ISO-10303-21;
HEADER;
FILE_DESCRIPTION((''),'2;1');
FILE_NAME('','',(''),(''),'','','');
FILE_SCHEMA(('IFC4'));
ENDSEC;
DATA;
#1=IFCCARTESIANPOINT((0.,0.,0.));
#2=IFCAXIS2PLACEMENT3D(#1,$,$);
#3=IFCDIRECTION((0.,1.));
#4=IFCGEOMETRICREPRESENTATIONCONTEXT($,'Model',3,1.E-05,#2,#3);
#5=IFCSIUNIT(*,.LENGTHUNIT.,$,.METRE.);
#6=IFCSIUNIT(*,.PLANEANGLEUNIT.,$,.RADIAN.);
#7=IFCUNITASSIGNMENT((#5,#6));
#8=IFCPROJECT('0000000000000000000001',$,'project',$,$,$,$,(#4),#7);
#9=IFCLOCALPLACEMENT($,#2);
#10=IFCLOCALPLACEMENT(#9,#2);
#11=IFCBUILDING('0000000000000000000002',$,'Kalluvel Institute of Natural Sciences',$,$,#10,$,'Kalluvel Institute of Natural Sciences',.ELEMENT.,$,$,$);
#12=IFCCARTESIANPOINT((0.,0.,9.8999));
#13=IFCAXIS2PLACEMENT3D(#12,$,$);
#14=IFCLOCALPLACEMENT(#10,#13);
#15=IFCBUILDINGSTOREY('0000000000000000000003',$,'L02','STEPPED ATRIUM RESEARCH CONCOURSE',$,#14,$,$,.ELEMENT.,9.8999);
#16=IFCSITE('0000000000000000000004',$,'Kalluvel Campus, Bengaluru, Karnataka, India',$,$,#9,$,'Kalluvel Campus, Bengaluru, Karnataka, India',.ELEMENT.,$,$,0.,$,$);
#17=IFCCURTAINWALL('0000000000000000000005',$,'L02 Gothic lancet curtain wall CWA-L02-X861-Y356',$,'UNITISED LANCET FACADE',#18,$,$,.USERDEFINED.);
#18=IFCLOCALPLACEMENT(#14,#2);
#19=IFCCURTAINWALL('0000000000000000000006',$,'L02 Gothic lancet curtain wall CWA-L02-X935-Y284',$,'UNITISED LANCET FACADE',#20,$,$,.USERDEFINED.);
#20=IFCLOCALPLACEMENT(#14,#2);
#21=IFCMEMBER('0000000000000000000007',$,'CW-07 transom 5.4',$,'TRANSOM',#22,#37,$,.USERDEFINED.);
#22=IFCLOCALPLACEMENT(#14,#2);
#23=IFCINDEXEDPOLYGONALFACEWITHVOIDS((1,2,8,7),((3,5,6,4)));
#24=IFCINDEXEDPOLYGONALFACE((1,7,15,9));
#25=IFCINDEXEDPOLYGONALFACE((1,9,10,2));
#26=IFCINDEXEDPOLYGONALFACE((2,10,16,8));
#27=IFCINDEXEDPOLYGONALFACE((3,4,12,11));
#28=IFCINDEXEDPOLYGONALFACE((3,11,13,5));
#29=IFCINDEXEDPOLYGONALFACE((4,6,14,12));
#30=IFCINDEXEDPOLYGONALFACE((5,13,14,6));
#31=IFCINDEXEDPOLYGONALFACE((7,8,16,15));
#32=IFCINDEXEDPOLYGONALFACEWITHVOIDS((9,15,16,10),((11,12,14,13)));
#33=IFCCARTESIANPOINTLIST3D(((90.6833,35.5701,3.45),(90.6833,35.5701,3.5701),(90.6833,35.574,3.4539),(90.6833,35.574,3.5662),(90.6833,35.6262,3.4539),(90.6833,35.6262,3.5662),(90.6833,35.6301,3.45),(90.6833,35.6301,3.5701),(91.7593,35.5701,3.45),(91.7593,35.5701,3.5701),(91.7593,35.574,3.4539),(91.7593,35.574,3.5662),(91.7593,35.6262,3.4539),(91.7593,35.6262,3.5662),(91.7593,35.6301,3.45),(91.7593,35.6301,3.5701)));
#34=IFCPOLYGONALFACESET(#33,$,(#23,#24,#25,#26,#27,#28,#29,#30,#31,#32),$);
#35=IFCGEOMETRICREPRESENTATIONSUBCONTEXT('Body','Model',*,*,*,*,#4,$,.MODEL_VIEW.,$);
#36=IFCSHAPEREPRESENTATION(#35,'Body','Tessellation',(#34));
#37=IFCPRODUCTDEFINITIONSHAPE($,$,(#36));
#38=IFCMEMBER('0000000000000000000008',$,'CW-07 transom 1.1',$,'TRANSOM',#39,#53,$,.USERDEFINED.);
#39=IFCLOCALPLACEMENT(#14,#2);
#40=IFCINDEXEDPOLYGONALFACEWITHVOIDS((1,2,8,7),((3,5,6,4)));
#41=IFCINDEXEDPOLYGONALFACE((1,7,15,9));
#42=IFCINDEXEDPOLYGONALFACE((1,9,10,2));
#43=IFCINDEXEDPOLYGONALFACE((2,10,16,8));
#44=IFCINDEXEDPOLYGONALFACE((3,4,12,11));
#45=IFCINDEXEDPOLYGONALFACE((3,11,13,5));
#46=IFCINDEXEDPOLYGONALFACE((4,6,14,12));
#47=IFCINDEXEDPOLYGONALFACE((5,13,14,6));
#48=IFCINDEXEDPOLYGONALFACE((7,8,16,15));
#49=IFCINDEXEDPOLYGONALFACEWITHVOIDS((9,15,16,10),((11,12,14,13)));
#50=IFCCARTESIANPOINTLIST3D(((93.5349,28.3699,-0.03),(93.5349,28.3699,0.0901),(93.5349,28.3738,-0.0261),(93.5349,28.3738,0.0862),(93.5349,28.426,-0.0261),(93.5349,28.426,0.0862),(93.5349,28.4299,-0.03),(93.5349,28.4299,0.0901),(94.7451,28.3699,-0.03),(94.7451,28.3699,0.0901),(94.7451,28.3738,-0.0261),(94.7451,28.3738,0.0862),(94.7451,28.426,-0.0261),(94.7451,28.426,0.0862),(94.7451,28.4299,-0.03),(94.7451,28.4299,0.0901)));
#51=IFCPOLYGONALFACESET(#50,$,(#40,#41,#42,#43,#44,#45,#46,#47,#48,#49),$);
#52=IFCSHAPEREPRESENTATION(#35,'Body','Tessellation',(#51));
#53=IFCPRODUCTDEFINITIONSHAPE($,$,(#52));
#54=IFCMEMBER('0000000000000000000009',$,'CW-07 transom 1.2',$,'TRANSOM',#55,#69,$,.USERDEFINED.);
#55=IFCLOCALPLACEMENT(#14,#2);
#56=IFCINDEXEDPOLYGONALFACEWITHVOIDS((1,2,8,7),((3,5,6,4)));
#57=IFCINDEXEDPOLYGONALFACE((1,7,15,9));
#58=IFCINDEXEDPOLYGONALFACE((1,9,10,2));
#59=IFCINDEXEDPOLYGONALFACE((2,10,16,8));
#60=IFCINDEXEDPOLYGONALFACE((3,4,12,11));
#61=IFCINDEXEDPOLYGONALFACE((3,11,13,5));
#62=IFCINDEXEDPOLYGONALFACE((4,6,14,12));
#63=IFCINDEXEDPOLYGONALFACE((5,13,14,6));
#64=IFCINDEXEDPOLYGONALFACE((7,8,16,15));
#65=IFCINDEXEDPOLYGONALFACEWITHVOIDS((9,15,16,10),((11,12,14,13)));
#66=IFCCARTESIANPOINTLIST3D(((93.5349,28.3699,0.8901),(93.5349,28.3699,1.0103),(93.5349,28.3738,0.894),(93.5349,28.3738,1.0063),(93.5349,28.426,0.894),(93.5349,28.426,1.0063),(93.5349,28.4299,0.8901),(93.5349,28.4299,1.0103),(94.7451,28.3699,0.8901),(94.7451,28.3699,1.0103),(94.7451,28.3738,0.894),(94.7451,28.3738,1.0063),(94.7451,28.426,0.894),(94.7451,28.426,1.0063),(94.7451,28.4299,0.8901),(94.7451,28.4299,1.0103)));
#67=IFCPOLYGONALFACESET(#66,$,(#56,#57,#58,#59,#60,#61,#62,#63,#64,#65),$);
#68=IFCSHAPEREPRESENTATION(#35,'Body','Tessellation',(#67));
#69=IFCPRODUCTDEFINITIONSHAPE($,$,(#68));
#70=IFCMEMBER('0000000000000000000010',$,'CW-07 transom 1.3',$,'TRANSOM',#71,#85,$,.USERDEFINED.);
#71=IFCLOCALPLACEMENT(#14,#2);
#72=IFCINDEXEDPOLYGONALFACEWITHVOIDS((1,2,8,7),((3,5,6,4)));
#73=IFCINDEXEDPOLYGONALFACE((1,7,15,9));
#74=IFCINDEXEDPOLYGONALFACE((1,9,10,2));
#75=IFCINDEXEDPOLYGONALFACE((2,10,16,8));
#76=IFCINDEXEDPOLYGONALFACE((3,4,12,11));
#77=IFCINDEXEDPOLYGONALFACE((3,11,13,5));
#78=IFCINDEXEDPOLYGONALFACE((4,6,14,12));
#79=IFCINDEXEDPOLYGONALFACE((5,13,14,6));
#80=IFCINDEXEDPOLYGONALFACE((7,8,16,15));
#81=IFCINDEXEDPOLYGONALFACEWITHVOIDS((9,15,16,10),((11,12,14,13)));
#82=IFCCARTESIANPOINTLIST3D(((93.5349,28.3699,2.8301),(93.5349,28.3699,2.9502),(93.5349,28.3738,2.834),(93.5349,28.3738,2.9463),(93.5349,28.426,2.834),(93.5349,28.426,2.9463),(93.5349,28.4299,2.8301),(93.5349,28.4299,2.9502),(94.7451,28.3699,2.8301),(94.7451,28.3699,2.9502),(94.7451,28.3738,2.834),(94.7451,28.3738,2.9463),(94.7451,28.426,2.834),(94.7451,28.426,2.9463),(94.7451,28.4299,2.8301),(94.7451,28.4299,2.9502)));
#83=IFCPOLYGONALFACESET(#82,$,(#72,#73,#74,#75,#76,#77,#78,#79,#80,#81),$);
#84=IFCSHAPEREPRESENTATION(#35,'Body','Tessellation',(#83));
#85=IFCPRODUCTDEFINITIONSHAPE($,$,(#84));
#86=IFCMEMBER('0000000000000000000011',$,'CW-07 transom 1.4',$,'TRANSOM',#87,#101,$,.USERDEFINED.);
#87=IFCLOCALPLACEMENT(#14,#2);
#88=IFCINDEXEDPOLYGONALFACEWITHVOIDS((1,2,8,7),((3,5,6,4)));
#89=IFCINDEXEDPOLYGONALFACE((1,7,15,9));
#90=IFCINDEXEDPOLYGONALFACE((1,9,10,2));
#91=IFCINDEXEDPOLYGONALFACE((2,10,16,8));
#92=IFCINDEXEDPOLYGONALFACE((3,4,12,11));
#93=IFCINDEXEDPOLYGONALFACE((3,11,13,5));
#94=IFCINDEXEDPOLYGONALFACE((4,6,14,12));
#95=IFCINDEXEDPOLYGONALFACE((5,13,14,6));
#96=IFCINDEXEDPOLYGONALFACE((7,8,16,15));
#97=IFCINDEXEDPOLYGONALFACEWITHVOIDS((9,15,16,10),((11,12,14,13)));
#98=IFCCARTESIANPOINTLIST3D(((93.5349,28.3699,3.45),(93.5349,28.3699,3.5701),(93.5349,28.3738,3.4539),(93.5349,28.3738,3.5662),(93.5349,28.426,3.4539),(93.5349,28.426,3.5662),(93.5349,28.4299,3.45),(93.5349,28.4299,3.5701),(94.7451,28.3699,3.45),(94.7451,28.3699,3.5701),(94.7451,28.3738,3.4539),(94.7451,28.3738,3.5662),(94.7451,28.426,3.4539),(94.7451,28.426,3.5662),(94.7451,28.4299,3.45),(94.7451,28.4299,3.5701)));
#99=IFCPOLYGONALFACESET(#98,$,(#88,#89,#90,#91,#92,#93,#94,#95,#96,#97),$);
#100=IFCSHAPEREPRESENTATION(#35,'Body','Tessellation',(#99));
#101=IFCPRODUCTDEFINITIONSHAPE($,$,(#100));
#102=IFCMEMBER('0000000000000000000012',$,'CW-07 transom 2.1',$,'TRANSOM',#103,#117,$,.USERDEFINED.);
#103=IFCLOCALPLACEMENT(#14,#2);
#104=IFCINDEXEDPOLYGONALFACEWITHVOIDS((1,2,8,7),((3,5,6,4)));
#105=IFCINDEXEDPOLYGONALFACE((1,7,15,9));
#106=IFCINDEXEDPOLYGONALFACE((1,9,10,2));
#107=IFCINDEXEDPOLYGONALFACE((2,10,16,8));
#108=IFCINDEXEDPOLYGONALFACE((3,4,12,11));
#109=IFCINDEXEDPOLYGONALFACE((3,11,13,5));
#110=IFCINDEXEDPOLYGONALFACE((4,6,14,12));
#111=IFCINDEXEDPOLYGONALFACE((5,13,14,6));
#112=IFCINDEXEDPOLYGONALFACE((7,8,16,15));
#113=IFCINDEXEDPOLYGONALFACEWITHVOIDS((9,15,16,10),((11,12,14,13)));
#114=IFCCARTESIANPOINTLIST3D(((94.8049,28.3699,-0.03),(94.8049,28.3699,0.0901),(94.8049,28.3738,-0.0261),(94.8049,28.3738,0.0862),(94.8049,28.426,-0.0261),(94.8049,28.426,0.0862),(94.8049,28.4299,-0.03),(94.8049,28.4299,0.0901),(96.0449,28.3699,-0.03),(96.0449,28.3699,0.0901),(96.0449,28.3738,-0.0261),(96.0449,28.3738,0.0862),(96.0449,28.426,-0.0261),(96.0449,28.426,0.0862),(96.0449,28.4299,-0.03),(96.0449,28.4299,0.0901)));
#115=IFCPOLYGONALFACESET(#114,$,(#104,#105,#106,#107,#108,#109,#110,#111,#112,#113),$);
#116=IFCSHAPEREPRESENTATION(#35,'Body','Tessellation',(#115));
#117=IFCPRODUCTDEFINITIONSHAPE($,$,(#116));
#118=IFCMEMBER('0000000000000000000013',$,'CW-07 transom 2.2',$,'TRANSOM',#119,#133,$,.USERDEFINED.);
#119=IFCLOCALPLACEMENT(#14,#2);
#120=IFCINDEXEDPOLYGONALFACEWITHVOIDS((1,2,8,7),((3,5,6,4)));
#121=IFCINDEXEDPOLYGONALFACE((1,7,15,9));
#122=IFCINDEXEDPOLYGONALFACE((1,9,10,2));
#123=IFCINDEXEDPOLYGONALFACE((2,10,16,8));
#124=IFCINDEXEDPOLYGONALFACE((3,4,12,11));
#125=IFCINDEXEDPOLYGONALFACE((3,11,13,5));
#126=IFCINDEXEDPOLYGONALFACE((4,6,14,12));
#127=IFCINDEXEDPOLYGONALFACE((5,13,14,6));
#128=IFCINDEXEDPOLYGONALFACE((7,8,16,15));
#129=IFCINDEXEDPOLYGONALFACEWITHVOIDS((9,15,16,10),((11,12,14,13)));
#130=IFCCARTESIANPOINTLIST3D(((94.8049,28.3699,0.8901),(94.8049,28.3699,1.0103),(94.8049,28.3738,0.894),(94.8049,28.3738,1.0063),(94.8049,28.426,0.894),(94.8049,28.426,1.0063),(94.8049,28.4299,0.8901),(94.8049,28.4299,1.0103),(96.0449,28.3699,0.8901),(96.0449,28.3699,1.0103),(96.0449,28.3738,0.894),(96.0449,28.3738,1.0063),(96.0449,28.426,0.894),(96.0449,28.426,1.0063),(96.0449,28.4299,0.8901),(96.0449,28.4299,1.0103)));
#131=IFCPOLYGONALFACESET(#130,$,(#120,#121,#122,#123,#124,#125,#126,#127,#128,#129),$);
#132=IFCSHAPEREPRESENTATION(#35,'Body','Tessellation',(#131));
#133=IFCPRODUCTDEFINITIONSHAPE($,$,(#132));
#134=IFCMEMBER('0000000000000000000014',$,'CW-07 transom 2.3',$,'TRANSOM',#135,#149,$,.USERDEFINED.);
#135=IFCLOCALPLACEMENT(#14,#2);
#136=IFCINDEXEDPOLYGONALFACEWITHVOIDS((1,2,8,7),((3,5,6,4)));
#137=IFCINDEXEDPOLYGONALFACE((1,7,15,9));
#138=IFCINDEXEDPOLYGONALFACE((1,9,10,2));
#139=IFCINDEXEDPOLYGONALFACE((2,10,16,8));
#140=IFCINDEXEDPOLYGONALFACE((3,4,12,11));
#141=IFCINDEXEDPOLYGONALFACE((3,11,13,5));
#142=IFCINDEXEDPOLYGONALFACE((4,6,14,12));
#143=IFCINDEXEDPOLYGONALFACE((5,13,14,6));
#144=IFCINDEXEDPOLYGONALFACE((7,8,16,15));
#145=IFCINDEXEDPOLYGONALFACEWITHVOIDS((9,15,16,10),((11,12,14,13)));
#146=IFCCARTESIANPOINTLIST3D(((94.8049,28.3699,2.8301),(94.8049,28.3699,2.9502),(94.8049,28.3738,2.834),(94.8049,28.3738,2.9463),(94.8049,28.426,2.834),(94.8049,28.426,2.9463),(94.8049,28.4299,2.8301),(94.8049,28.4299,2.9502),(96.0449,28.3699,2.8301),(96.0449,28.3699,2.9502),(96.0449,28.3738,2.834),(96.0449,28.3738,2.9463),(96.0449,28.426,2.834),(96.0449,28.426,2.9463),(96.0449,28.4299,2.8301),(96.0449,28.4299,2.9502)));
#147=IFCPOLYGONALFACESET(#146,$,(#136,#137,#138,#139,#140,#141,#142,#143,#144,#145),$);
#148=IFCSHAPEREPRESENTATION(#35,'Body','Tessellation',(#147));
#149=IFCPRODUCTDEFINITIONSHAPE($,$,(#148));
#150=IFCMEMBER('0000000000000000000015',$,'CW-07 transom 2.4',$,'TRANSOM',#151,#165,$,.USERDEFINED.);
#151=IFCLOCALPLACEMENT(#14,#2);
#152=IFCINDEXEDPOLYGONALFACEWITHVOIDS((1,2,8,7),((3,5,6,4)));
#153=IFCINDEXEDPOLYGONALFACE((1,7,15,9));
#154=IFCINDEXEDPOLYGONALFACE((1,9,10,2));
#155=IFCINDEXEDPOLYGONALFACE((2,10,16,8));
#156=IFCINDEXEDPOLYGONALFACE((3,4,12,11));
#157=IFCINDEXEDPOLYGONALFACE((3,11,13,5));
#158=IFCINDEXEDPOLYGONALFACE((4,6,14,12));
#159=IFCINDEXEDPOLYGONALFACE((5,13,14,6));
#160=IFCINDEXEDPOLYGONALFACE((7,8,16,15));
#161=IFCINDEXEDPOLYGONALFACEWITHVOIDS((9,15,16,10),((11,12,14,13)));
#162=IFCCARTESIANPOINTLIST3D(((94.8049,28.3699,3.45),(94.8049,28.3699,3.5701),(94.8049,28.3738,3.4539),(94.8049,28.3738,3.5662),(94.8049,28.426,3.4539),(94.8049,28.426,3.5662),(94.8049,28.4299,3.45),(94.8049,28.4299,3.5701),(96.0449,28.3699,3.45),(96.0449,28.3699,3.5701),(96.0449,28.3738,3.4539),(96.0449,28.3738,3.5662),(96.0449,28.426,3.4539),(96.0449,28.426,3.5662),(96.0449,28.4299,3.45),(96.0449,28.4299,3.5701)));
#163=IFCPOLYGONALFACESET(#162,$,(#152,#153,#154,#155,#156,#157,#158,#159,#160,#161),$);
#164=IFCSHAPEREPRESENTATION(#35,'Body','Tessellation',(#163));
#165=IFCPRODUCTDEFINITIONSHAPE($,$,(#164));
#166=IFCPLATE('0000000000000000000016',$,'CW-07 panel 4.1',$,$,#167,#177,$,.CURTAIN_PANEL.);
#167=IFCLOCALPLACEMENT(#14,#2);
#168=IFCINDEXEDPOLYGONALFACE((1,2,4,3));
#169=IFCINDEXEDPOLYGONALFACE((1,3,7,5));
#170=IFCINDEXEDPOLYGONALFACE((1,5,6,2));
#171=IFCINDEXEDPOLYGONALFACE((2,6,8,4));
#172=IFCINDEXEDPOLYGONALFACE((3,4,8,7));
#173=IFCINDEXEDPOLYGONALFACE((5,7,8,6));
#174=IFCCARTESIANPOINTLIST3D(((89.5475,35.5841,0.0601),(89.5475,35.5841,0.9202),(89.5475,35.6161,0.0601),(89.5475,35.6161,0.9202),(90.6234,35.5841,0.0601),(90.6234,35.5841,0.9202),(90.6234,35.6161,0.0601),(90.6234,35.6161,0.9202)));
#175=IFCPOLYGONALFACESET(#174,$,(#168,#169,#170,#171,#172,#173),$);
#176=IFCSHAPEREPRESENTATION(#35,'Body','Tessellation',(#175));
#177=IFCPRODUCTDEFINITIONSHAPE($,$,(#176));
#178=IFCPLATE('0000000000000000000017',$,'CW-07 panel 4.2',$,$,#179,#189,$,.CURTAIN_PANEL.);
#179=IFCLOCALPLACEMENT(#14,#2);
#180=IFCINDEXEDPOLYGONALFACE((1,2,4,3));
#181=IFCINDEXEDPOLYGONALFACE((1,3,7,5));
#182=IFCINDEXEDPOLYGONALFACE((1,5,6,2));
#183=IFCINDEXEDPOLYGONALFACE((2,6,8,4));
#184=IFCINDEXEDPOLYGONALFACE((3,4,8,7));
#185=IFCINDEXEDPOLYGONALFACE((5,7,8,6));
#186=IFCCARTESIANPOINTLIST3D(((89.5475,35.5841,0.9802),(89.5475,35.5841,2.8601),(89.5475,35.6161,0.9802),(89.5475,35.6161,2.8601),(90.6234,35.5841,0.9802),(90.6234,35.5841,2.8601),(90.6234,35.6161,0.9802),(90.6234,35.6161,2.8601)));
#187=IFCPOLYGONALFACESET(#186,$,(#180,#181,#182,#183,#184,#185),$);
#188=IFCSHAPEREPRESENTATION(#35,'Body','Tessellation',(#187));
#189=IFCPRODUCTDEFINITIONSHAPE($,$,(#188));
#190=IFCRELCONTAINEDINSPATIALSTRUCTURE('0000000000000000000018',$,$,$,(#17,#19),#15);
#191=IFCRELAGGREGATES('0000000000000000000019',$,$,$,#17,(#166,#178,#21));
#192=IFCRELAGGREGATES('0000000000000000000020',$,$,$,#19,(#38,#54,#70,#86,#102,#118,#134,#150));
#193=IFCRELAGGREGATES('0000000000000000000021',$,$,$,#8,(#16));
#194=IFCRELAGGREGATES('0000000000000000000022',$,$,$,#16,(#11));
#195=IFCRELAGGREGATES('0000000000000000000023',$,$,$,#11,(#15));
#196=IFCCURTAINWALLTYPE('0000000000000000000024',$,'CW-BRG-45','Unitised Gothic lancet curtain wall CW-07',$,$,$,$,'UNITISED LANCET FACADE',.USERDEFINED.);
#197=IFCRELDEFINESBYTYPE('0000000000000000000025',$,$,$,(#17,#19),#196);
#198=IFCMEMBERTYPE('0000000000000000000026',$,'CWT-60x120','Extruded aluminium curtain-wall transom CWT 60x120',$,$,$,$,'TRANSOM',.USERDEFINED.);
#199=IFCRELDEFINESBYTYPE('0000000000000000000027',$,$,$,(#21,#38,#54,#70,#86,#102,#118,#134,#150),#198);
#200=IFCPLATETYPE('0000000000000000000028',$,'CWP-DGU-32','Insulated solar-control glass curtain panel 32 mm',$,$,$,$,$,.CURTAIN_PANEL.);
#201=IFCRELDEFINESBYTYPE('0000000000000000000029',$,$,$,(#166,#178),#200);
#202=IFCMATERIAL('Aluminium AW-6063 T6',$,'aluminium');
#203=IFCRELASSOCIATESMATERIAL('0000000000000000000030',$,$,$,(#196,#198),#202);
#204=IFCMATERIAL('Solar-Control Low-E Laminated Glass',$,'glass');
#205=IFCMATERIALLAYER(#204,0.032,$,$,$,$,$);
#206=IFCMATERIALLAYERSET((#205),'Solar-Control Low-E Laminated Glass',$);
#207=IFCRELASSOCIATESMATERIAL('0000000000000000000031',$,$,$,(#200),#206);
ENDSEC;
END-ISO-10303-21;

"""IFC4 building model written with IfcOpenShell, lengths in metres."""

from ifc_helpers import new_model, si_unit, direction, frame, origin, origin_2d, place, context, subcontext, project, spatial, rectangle, hollow_rectangle, extrude, material, layer, layer_set, material_profile, profile_set, type_object, element, aggregate, save


model = new_model("IFC4")

# Units and contexts
model_context = context("Model", 3, precision=1e-05, world=origin(), true_north=direction((0.0, 1.0)))
body_context = subcontext(model_context, "Body", "Model", "MODEL_VIEW")
ifc_project = project(units=[si_unit("LENGTHUNIT", "METRE"), si_unit("PLANEANGLEUNIT", "RADIAN")], contexts=[model_context])

# Site, building, storey
site_placement = place(None, origin())
site = spatial("IfcSite", under=ifc_project, at=site_placement, Name="Kalluvel Campus, Bengaluru, Karnataka, India", LongName="Kalluvel Campus, Bengaluru, Karnataka, India", CompositionType="ELEMENT", RefElevation=0.0)
building_placement = place(site_placement, origin())
building = spatial("IfcBuilding", under=site, at=building_placement, Name="Kalluvel Institute of Natural Sciences", LongName="Kalluvel Institute of Natural Sciences", CompositionType="ELEMENT")
storey_placement = place(building_placement, frame((0.0, 0.0, 9.8999)))
storey = spatial("IfcBuildingStorey", under=building, at=storey_placement, Name="L02", Description="STEPPED ATRIUM RESEARCH CONCOURSE", CompositionType="ELEMENT", Elevation=9.8999)

# Curtain walls
ifc_material_1 = material(Name="Aluminium AW-6063 T6", Category="aluminium")
curtain_wall_type = type_object("IfcCurtainWallType", Name="CW-BRG-45", Description="Unitised Gothic lancet curtain wall CW-07", ElementType="UNITISED LANCET FACADE", PredefinedType="USERDEFINED", material=ifc_material_1)
curtain_wall_1_placement = place(storey_placement, origin())
curtain_wall_1 = element("IfcCurtainWall", 1, at=curtain_wall_1_placement, inside=storey, type_object=curtain_wall_type, Name="L02 Gothic lancet curtain wall CWA-L02-X861-Y356", ObjectType="UNITISED LANCET FACADE", PredefinedType="USERDEFINED")
curtain_wall_2_placement = place(storey_placement, origin())
curtain_wall_2 = element("IfcCurtainWall", 2, at=curtain_wall_2_placement, inside=storey, type_object=curtain_wall_type, Name="L02 Gothic lancet curtain wall CWA-L02-X935-Y284", ObjectType="UNITISED LANCET FACADE", PredefinedType="USERDEFINED")

# Members
ifc_material_profile_1 = material_profile(ifc_material_1, hollow_rectangle(XDim=0.0601, YDim=0.1201, WallThickness=0.0039, at=origin_2d()), Name="CWT 60x120")
ifc_profile_set_1 = profile_set([ifc_material_profile_1], Name="Aluminium AW-6063 T6")
member_type_1 = type_object("IfcMemberType", Name="CWT-60x120", Description="Extruded aluminium curtain-wall transom CWT 60x120", ElementType="TRANSOM", PredefinedType="USERDEFINED", material=ifc_profile_set_1)
member_1_placement = place(storey_placement, frame((90.6833, 35.6001, 3.51), z_axis=(1.0, 0.0, 0.0), x_axis=(0.0, 1.0, 0.0)))
member_1 = element("IfcMember", 3, at=member_1_placement, type_object=member_type_1, Name="CW-07 transom 5.4", ObjectType="TRANSOM", PredefinedType="USERDEFINED", context=body_context, shape_type="SweptSolid", body=[
    extrude(hollow_rectangle(XDim=0.0601, YDim=0.1201, WallThickness=0.0039, at=origin_2d()), origin(), (0.0, 0.0, 1.0), 1.0759),
])
member_2_placement = place(storey_placement, frame((93.5349, 28.3999, 0.03), z_axis=(1.0, 0.0, 0.0), x_axis=(0.0, 1.0, 0.0)))
member_2 = element("IfcMember", 4, at=member_2_placement, type_object=member_type_1, Name="CW-07 transom 1.1", ObjectType="TRANSOM", PredefinedType="USERDEFINED", context=body_context, shape_type="SweptSolid", body=[
    extrude(hollow_rectangle(XDim=0.0601, YDim=0.1201, WallThickness=0.0039, at=origin_2d()), origin(), (0.0, 0.0, 1.0), 1.2102),
])
member_3_placement = place(storey_placement, frame((93.5349, 28.3999, 0.9502), z_axis=(1.0, 0.0, 0.0), x_axis=(0.0, 1.0, 0.0)))
member_3 = element("IfcMember", 5, at=member_3_placement, type_object=member_type_1, Name="CW-07 transom 1.2", ObjectType="TRANSOM", PredefinedType="USERDEFINED", context=body_context, shape_type="SweptSolid", body=[
    extrude(hollow_rectangle(XDim=0.0601, YDim=0.1201, WallThickness=0.0039, at=origin_2d()), origin(), (0.0, 0.0, 1.0), 1.2102),
])
member_4_placement = place(storey_placement, frame((93.5349, 28.3999, 2.8901), z_axis=(1.0, 0.0, 0.0), x_axis=(0.0, 1.0, 0.0)))
member_4 = element("IfcMember", 6, at=member_4_placement, type_object=member_type_1, Name="CW-07 transom 1.3", ObjectType="TRANSOM", PredefinedType="USERDEFINED", context=body_context, shape_type="SweptSolid", body=[
    extrude(hollow_rectangle(XDim=0.0601, YDim=0.1201, WallThickness=0.0039, at=origin_2d()), origin(), (0.0, 0.0, 1.0), 1.2102),
])
member_5_placement = place(storey_placement, frame((93.5349, 28.3999, 3.51), z_axis=(1.0, 0.0, 0.0), x_axis=(0.0, 1.0, 0.0)))
member_5 = element("IfcMember", 7, at=member_5_placement, type_object=member_type_1, Name="CW-07 transom 1.4", ObjectType="TRANSOM", PredefinedType="USERDEFINED", context=body_context, shape_type="SweptSolid", body=[
    extrude(hollow_rectangle(XDim=0.0601, YDim=0.1201, WallThickness=0.0039, at=origin_2d()), origin(), (0.0, 0.0, 1.0), 1.2102),
])
member_6_placement = place(storey_placement, frame((94.8049, 28.3999, 0.03), z_axis=(1.0, 0.0, 0.0), x_axis=(0.0, 1.0, 0.0)))
member_6 = element("IfcMember", 8, at=member_6_placement, type_object=member_type_1, Name="CW-07 transom 2.1", ObjectType="TRANSOM", PredefinedType="USERDEFINED", context=body_context, shape_type="SweptSolid", body=[
    extrude(hollow_rectangle(XDim=0.0601, YDim=0.1201, WallThickness=0.0039, at=origin_2d()), origin(), (0.0, 0.0, 1.0), 1.24),
])
member_7_placement = place(storey_placement, frame((94.8049, 28.3999, 0.9502), z_axis=(1.0, 0.0, 0.0), x_axis=(0.0, 1.0, 0.0)))
member_7 = element("IfcMember", 9, at=member_7_placement, type_object=member_type_1, Name="CW-07 transom 2.2", ObjectType="TRANSOM", PredefinedType="USERDEFINED", context=body_context, shape_type="SweptSolid", body=[
    extrude(hollow_rectangle(XDim=0.0601, YDim=0.1201, WallThickness=0.0039, at=origin_2d()), origin(), (0.0, 0.0, 1.0), 1.24),
])
member_8_placement = place(storey_placement, frame((94.8049, 28.3999, 2.8901), z_axis=(1.0, 0.0, 0.0), x_axis=(0.0, 1.0, 0.0)))
member_8 = element("IfcMember", 10, at=member_8_placement, type_object=member_type_1, Name="CW-07 transom 2.3", ObjectType="TRANSOM", PredefinedType="USERDEFINED", context=body_context, shape_type="SweptSolid", body=[
    extrude(hollow_rectangle(XDim=0.0601, YDim=0.1201, WallThickness=0.0039, at=origin_2d()), origin(), (0.0, 0.0, 1.0), 1.24),
])
member_9_placement = place(storey_placement, frame((94.8049, 28.3999, 3.51), z_axis=(1.0, 0.0, 0.0), x_axis=(0.0, 1.0, 0.0)))
member_9 = element("IfcMember", 11, at=member_9_placement, type_object=member_type_1, Name="CW-07 transom 2.4", ObjectType="TRANSOM", PredefinedType="USERDEFINED", context=body_context, shape_type="SweptSolid", body=[
    extrude(hollow_rectangle(XDim=0.0601, YDim=0.1201, WallThickness=0.0039, at=origin_2d()), origin(), (0.0, 0.0, 1.0), 1.24),
])

# Plates
ifc_material_2 = material(Name="Solar-Control Low-E Laminated Glass", Category="glass")
ifc_layer_1 = layer(ifc_material_2, 0.032)
ifc_layer_set_1 = layer_set([ifc_layer_1], Name="Solar-Control Low-E Laminated Glass")
plate_type_1 = type_object("IfcPlateType", Name="CWP-DGU-32", Description="Insulated solar-control glass curtain panel 32 mm", PredefinedType="CURTAIN_PANEL", material=ifc_layer_set_1)
plate_1_placement = place(storey_placement, frame((90.0854, 35.6001, 0.0601), z_axis=(0.0, 0.0, 1.0), x_axis=(1.0, 0.0, 0.0)))
plate_1 = element("IfcPlate", 12, at=plate_1_placement, type_object=plate_type_1, Name="CW-07 panel 4.1", PredefinedType="CURTAIN_PANEL", context=body_context, shape_type="SweptSolid", body=[
    extrude(rectangle(XDim=1.0759, YDim=0.032, at=origin_2d()), origin(), (0.0, 0.0, 1.0), 0.8601),
])
plate_2_placement = place(storey_placement, frame((90.0854, 35.6001, 0.9802), z_axis=(0.0, 0.0, 1.0), x_axis=(1.0, 0.0, 0.0)))
plate_2 = element("IfcPlate", 13, at=plate_2_placement, type_object=plate_type_1, Name="CW-07 panel 4.2", PredefinedType="CURTAIN_PANEL", context=body_context, shape_type="SweptSolid", body=[
    extrude(rectangle(XDim=1.0759, YDim=0.032, at=origin_2d()), origin(), (0.0, 0.0, 1.0), 1.8799),
])
aggregate(curtain_wall_1, [plate_1, plate_2, member_1])
aggregate(curtain_wall_2, [member_2, member_3, member_4, member_5, member_6, member_7, member_8, member_9])

save(model, "model.ifc")
